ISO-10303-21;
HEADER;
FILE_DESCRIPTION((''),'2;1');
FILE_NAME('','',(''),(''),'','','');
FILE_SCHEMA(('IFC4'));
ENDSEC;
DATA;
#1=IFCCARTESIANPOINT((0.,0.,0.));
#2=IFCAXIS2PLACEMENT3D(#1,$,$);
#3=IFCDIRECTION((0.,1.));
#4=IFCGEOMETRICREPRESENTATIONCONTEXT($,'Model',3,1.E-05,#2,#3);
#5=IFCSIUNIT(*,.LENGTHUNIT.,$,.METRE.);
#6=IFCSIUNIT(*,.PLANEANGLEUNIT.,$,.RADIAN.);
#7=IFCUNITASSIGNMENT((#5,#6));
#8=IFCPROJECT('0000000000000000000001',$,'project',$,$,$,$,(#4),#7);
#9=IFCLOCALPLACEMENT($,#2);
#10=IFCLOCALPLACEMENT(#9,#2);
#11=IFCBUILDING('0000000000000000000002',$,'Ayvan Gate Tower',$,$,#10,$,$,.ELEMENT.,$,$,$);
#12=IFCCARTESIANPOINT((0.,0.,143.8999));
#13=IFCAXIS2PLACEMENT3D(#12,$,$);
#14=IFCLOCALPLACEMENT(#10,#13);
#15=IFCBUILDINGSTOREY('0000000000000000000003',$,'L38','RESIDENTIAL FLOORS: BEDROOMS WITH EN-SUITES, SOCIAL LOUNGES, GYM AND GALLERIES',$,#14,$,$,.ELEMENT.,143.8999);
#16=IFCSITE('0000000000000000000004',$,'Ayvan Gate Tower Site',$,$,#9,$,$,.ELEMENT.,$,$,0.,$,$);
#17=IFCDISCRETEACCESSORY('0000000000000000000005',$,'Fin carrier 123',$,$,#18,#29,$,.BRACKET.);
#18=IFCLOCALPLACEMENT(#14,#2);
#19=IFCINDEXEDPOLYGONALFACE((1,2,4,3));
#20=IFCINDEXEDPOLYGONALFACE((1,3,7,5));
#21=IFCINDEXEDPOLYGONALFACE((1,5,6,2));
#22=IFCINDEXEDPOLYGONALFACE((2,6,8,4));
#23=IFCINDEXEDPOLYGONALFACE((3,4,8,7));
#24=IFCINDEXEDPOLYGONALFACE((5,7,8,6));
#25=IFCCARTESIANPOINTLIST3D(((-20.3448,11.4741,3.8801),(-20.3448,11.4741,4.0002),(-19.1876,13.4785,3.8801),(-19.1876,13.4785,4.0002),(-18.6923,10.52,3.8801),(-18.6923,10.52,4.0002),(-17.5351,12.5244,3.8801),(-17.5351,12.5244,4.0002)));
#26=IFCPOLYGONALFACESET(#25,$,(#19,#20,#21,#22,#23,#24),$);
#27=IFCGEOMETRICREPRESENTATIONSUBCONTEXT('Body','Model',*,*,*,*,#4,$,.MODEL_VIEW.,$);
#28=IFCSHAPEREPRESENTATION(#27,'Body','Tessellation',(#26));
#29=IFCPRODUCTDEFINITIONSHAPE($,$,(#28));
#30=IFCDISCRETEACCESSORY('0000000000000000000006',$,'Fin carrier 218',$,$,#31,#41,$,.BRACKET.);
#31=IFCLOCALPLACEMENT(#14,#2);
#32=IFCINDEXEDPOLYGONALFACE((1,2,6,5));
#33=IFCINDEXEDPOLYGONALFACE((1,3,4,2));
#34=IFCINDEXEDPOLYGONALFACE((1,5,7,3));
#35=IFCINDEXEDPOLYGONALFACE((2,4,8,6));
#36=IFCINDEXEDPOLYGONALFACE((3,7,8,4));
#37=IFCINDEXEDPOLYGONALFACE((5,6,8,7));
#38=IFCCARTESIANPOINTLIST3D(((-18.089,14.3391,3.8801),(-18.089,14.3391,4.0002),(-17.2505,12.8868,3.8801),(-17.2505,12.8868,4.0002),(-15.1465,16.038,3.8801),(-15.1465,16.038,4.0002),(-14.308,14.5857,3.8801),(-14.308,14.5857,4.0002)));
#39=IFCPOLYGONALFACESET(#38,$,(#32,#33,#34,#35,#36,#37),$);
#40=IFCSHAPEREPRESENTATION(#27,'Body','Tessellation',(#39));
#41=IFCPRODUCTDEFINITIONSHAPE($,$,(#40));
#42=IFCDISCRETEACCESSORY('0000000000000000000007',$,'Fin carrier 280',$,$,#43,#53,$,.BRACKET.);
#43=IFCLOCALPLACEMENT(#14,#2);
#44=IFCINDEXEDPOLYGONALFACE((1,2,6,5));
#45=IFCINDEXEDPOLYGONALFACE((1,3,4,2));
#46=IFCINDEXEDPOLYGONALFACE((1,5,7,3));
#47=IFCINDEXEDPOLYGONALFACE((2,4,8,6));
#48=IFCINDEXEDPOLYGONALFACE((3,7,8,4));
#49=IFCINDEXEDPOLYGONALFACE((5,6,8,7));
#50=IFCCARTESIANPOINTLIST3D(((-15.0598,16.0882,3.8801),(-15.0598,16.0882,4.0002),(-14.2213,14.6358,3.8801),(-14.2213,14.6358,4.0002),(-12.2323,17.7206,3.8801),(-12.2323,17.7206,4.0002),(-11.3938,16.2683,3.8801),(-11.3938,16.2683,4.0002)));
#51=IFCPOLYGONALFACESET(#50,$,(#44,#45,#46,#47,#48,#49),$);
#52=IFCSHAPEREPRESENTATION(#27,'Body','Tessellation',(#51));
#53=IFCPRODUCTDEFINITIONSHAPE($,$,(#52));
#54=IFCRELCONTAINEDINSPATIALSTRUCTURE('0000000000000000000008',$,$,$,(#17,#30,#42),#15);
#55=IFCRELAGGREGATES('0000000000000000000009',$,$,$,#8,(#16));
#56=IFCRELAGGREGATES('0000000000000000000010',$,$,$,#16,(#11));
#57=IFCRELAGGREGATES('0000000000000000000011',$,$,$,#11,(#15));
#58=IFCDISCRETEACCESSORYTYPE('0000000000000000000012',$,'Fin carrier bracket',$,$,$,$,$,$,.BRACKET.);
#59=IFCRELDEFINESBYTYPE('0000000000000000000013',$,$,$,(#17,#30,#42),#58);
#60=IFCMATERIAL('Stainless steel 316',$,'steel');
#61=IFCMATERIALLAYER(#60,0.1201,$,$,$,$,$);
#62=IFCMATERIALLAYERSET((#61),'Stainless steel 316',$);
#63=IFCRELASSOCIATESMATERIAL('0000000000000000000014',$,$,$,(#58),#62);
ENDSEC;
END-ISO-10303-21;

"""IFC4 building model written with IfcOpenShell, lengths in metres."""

from ifc_helpers import new_model, si_unit, direction, frame, origin, origin_2d, place, context, subcontext, project, spatial, rectangle, extrude, material, layer, layer_set, type_object, element, save


model = new_model("IFC4")

# Units and contexts
model_context = context("Model", 3, precision=1e-05, world=origin(), true_north=direction((0.0, 1.0)))
body_context = subcontext(model_context, "Body", "Model", "MODEL_VIEW")
ifc_project = project(units=[si_unit("LENGTHUNIT", "METRE"), si_unit("PLANEANGLEUNIT", "RADIAN")], contexts=[model_context])

# Site, building, storey
site_placement = place(None, origin())
site = spatial("IfcSite", under=ifc_project, at=site_placement, Name="Ayvan Gate Tower Site", CompositionType="ELEMENT", RefElevation=0.0)
building_placement = place(site_placement, origin())
building = spatial("IfcBuilding", under=site, at=building_placement, Name="Ayvan Gate Tower", CompositionType="ELEMENT")
storey_placement = place(building_placement, frame((0.0, 0.0, 143.8999)))
storey = spatial("IfcBuildingStorey", under=building, at=storey_placement, Name="L38", Description="RESIDENTIAL FLOORS: BEDROOMS WITH EN-SUITES, SOCIAL LOUNGES, GYM AND GALLERIES", CompositionType="ELEMENT", Elevation=143.8999)

# Discrete accessories
ifc_material_1 = material(Name="Stainless steel 316", Category="steel")
ifc_layer_1 = layer(ifc_material_1, 0.1201)
ifc_layer_set_1 = layer_set([ifc_layer_1], Name="Stainless steel 316")
discrete_accessory_type = type_object("IfcDiscreteAccessoryType", Name="Fin carrier bracket", PredefinedType="BRACKET", material=ifc_layer_set_1)
discrete_accessory_1_placement = place(storey_placement, frame((-18.9399, 11.9993, 3.8801), z_axis=(0.0, 0.0, 1.0), x_axis=(-0.5, -0.866025, 0.0)))
element("IfcDiscreteAccessory", 1, at=discrete_accessory_1_placement, inside=storey, type_object=discrete_accessory_type, Name="Fin carrier 123", PredefinedType="BRACKET", context=body_context, shape_type="SweptSolid", body=[
    extrude(rectangle(XDim=2.3145, YDim=1.9082, at=origin_2d()), origin(), (0.0, 0.0, 1.0), 0.1201),
])
discrete_accessory_2_placement = place(storey_placement, frame((-16.1985, 14.4624, 3.8801), z_axis=(0.0, 0.0, 1.0), x_axis=(-0.866025, -0.5, 0.0)))
element("IfcDiscreteAccessory", 2, at=discrete_accessory_2_placement, inside=storey, type_object=discrete_accessory_type, Name="Fin carrier 218", PredefinedType="BRACKET", context=body_context, shape_type="SweptSolid", body=[
    extrude(rectangle(XDim=3.3977, YDim=1.677, at=origin_2d()), origin(), (0.0, 0.0, 1.0), 0.1201),
])
discrete_accessory_3_placement = place(storey_placement, frame((-13.2268, 16.1782, 3.8801), z_axis=(0.0, 0.0, 1.0), x_axis=(-0.866025, -0.5, 0.0)))
element("IfcDiscreteAccessory", 3, at=discrete_accessory_3_placement, inside=storey, type_object=discrete_accessory_type, Name="Fin carrier 280", PredefinedType="BRACKET", context=body_context, shape_type="SweptSolid", body=[
    extrude(rectangle(XDim=3.2649, YDim=1.677, at=origin_2d()), origin(), (0.0, 0.0, 1.0), 0.1201),
])

save(model, "model.ifc")
